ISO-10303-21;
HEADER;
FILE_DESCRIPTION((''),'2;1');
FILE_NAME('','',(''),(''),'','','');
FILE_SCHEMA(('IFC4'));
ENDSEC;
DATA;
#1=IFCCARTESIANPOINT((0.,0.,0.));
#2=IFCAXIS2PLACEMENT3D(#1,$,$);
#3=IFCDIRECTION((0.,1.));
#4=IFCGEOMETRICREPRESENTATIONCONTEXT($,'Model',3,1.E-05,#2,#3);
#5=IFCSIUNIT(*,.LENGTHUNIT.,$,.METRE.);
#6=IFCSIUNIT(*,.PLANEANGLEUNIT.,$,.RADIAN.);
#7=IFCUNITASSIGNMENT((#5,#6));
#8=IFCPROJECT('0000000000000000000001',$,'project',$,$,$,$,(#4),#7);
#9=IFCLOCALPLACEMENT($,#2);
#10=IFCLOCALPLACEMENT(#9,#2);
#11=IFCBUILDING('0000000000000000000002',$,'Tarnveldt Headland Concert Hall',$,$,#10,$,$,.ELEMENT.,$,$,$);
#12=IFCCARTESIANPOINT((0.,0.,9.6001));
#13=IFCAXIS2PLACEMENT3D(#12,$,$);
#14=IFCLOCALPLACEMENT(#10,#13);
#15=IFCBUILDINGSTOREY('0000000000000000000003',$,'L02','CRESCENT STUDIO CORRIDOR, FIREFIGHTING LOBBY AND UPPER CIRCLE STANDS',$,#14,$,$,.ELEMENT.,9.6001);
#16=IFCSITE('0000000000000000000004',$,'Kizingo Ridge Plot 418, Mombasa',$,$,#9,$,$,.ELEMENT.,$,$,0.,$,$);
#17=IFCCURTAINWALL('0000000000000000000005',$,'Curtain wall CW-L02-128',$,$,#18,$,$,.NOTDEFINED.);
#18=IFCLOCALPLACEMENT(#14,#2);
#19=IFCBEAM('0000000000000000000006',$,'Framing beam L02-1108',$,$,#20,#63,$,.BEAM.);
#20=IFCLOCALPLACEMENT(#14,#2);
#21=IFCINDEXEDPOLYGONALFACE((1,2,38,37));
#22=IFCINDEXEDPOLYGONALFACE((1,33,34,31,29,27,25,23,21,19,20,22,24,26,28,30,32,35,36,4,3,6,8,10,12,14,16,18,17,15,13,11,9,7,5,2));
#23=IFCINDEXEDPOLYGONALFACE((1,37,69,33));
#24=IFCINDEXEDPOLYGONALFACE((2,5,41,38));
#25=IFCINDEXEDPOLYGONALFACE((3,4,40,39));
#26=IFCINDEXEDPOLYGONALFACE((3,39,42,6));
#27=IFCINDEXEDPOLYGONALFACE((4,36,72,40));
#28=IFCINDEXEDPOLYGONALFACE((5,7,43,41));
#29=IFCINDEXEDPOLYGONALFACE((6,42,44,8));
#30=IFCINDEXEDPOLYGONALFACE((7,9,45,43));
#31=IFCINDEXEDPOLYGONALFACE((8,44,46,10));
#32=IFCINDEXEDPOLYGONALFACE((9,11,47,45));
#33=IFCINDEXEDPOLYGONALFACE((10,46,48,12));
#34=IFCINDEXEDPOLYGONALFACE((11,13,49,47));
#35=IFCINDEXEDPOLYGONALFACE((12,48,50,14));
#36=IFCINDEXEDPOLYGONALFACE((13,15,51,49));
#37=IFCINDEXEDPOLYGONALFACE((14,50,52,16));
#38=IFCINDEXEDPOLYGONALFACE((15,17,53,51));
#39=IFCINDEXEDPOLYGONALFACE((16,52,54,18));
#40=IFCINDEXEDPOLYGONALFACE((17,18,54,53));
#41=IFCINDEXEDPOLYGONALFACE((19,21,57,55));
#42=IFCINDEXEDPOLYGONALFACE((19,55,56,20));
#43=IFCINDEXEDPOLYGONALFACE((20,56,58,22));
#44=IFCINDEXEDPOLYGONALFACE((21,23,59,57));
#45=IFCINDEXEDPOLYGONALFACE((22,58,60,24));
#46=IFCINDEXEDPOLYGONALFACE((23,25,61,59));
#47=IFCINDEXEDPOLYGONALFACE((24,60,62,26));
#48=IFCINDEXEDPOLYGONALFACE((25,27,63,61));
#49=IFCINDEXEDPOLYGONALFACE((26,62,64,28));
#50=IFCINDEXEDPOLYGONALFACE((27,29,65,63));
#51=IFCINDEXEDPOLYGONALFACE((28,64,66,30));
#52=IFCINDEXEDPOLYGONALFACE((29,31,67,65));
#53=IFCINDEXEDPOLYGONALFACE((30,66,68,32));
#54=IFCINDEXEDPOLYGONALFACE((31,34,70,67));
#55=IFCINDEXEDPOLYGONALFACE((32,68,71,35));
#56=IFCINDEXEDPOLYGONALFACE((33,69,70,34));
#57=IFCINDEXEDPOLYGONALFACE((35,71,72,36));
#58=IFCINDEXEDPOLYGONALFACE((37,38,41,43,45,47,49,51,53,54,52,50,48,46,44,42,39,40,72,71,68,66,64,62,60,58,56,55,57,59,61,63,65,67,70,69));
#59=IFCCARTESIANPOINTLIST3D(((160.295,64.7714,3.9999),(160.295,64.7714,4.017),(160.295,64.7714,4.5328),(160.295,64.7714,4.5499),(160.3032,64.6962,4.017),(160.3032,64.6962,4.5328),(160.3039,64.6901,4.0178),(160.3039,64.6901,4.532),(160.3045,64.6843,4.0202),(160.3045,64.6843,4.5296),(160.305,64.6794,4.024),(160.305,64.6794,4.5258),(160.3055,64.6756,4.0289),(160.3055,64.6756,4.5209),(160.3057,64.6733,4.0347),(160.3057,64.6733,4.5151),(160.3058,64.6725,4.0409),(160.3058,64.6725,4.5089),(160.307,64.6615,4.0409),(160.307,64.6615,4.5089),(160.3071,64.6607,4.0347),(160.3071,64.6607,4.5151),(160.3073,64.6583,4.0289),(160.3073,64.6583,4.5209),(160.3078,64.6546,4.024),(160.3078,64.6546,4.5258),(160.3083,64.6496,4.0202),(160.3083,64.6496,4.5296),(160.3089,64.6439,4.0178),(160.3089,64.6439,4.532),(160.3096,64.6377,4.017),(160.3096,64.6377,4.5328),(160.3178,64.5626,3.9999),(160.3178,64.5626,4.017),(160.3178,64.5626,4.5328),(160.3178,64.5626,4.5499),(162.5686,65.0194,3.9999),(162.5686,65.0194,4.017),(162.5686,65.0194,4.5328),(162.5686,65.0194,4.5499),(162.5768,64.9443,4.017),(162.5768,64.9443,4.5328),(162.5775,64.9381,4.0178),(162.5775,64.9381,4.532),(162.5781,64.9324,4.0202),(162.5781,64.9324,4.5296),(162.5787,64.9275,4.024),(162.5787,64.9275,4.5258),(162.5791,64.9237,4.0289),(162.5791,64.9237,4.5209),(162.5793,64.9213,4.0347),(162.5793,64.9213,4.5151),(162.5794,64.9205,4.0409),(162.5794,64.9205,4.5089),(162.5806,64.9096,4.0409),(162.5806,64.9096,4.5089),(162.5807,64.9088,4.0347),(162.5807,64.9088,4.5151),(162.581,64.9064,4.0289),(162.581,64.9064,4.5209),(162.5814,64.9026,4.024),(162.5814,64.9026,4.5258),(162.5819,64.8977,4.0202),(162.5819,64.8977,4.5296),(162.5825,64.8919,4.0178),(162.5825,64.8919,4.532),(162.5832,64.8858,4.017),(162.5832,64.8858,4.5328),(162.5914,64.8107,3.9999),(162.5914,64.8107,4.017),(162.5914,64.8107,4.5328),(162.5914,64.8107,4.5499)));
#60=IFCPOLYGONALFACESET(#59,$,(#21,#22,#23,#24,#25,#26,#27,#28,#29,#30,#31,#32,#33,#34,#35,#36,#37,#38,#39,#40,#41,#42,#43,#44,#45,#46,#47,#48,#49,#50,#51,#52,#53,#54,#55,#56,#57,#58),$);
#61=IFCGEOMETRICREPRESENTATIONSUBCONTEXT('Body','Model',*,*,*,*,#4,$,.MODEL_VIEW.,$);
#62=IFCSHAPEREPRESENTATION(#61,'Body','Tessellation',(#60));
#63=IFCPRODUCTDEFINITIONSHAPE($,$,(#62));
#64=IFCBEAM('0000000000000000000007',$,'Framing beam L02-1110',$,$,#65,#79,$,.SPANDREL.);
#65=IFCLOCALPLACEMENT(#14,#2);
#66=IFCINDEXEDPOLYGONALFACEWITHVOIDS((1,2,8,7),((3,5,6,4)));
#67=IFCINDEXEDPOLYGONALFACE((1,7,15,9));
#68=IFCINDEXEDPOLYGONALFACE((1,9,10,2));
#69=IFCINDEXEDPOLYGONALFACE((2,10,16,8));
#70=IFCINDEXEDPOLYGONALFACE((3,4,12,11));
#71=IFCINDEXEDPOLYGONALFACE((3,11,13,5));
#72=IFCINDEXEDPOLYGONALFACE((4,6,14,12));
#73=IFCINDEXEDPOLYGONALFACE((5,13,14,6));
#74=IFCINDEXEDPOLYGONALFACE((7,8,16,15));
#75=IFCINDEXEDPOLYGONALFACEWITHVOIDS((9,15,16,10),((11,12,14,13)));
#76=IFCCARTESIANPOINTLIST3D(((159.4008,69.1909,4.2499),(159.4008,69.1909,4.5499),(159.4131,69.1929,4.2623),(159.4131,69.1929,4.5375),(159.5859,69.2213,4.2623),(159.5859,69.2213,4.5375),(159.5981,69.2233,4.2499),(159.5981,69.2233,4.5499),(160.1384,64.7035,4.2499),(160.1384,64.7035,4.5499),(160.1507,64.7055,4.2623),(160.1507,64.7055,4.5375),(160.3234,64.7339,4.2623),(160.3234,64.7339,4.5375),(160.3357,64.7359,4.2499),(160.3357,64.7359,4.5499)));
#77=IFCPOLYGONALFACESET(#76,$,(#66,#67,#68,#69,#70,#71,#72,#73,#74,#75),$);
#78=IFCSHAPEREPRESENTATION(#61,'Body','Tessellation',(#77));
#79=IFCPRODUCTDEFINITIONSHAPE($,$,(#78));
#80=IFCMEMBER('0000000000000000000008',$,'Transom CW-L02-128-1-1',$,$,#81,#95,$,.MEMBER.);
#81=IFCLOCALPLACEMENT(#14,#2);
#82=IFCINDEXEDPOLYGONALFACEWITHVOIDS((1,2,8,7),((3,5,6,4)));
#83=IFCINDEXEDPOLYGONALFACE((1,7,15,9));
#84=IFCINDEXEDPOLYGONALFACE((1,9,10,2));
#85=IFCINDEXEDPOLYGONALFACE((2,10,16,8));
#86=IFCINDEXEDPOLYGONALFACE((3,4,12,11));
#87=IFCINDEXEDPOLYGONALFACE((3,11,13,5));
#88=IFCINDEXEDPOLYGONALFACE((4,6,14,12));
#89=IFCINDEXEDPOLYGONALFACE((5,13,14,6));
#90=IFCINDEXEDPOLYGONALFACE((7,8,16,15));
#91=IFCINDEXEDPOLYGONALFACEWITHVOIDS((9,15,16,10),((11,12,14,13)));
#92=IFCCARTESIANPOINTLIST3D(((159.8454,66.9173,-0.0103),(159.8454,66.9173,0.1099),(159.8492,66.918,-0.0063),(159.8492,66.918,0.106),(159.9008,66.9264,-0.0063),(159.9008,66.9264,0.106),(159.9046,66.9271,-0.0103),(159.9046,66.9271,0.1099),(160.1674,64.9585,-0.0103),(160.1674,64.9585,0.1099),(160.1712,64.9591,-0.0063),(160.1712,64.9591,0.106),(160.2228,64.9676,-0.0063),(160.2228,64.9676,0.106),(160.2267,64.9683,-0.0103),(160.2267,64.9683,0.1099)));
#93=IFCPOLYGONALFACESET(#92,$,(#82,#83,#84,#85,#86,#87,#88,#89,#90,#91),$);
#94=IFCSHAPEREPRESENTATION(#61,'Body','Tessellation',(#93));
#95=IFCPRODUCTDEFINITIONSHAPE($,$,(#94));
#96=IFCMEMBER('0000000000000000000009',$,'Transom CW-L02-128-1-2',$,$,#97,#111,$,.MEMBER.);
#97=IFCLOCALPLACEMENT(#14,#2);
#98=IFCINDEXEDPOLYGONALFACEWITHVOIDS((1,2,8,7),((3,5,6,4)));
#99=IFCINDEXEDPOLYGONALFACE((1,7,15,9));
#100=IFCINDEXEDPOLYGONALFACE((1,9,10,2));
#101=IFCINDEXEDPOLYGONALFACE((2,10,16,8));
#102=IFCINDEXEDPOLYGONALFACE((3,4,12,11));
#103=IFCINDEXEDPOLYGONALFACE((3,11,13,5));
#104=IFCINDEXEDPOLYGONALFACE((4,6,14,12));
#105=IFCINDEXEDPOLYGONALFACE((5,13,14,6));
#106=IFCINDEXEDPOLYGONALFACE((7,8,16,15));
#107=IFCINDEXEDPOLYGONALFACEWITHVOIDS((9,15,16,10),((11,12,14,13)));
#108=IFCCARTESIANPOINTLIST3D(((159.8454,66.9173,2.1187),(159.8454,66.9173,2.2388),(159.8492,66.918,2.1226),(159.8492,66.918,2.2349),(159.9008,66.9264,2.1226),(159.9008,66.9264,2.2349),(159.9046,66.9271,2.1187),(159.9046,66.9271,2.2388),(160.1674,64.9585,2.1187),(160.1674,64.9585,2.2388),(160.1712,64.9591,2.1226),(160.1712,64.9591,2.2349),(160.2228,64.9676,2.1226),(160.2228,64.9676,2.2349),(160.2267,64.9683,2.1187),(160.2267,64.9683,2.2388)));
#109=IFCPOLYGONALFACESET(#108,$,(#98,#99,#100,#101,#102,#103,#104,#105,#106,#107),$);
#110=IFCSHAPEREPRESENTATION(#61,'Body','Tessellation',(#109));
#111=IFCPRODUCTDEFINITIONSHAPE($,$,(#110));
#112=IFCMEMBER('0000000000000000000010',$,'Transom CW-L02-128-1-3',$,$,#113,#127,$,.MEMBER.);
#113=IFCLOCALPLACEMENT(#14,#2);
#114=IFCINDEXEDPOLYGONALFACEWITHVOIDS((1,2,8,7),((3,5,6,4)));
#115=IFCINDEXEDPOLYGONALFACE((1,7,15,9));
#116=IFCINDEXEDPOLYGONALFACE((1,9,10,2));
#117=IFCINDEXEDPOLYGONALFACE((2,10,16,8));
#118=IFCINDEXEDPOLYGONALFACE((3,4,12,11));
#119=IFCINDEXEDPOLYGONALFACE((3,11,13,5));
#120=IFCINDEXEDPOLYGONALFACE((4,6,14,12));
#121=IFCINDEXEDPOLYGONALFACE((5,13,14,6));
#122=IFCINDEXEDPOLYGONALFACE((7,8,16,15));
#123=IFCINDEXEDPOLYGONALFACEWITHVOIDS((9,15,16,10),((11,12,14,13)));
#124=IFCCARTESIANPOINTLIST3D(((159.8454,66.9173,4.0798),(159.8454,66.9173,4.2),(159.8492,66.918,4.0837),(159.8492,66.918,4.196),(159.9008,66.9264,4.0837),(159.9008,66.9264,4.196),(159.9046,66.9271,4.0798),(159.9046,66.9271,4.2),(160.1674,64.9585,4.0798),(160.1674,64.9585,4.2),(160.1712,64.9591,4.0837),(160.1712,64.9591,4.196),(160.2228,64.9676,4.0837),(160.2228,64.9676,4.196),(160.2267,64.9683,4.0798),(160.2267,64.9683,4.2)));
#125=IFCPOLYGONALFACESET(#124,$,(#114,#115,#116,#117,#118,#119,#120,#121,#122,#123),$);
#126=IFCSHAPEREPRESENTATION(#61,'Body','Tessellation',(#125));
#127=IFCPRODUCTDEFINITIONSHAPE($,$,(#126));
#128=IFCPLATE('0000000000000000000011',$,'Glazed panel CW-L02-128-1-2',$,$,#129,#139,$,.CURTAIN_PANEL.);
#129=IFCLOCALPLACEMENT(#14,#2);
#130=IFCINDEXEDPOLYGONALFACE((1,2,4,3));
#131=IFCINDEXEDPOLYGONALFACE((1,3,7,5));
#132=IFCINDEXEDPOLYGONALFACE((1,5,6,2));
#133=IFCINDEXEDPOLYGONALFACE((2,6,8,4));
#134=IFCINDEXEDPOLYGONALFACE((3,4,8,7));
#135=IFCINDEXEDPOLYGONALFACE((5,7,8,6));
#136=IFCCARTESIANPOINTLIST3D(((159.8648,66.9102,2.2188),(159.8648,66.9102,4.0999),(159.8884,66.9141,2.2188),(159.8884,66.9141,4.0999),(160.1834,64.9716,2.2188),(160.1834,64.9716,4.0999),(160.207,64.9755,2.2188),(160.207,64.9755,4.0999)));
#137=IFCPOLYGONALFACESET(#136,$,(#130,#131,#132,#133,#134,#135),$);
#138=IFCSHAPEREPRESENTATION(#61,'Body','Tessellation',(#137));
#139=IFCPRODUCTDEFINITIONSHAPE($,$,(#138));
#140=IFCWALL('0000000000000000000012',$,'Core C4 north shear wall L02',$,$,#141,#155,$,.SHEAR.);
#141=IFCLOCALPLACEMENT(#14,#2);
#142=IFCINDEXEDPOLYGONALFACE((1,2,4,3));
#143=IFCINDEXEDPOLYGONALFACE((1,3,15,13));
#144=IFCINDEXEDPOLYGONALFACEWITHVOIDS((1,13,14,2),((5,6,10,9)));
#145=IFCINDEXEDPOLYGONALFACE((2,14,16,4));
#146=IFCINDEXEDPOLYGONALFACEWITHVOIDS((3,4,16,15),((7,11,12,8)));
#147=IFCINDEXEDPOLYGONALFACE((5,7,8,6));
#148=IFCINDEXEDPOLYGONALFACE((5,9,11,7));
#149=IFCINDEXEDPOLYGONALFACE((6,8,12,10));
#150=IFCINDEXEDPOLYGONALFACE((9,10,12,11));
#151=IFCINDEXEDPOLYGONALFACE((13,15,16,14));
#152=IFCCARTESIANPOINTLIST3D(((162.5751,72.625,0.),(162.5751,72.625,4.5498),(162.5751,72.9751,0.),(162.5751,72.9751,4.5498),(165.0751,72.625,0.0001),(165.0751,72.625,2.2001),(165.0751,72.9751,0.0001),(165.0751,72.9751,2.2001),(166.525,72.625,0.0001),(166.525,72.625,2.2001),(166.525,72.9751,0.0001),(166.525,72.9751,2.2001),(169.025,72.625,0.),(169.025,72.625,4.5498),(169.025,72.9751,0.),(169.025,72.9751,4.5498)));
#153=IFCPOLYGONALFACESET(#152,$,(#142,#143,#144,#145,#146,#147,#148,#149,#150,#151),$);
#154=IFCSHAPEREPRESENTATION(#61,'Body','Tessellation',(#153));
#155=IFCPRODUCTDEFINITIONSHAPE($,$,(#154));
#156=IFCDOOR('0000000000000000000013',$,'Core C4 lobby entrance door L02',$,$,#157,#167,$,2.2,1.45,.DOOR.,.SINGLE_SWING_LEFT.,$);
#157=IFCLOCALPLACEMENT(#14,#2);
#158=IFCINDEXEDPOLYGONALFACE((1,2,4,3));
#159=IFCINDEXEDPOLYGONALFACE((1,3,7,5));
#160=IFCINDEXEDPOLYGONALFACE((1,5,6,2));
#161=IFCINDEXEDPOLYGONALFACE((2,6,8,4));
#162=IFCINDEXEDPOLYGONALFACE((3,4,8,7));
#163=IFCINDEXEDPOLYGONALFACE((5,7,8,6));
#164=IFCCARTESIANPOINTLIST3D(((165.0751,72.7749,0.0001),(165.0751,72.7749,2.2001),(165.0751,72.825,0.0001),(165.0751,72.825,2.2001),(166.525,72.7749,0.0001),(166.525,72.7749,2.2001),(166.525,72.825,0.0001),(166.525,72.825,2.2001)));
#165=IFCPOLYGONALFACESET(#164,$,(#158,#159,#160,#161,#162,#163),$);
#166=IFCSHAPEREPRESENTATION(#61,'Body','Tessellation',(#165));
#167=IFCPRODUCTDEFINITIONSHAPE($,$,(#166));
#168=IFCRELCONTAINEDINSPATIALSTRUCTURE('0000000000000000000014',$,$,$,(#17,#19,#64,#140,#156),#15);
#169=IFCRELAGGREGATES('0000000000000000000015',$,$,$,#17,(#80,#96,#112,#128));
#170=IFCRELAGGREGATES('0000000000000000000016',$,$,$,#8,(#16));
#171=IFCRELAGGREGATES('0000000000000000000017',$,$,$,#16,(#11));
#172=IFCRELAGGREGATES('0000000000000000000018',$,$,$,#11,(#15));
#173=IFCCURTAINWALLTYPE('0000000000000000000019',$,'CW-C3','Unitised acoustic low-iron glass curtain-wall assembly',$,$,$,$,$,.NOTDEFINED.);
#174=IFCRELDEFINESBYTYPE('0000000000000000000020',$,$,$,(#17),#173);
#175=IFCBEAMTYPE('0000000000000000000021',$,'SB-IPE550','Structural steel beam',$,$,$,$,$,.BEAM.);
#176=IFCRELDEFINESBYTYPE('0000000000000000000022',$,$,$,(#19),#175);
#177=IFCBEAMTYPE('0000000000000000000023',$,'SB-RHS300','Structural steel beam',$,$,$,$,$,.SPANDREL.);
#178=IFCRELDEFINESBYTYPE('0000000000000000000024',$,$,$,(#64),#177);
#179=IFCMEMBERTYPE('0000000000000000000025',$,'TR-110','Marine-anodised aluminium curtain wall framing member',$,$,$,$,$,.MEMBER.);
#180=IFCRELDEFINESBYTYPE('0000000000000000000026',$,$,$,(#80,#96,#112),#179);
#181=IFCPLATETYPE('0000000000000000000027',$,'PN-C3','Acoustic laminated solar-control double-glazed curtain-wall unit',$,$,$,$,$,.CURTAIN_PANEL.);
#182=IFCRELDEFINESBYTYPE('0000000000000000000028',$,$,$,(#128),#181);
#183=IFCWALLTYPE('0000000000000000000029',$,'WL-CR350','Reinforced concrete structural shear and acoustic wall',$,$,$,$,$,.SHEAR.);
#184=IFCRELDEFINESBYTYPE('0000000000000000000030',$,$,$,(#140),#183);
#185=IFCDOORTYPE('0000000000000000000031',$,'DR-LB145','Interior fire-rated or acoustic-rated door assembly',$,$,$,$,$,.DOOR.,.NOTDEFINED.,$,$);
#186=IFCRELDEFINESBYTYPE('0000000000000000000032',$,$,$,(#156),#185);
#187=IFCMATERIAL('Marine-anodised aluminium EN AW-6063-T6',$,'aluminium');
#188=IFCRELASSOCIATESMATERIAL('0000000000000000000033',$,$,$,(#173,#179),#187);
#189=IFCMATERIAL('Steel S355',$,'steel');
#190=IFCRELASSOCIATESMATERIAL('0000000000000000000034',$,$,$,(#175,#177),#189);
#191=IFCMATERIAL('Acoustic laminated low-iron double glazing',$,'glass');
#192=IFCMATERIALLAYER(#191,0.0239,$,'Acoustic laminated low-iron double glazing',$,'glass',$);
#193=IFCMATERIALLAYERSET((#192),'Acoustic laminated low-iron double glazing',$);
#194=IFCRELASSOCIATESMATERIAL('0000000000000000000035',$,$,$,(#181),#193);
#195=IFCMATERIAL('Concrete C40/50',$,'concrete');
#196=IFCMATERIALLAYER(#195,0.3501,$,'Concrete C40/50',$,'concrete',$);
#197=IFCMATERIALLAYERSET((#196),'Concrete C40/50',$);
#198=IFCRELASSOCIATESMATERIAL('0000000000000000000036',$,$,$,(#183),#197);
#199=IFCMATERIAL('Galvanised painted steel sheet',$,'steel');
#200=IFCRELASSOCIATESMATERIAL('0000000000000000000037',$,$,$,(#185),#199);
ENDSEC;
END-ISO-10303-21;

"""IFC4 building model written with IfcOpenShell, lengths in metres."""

from ifc_helpers import new_model, si_unit, direction, frame, frame_2d, origin, origin_2d, place, context, subcontext, project, spatial, rectangle, hollow_rectangle, i_section, extrude, material, layer, layer_set, material_profile, profile_set, type_object, element, fill, aggregate, save


model = new_model("IFC4")

# Units and contexts
model_context = context("Model", 3, precision=1e-05, world=origin(), true_north=direction((0.0, 1.0)))
body_context = subcontext(model_context, "Body", "Model", "MODEL_VIEW")
ifc_project = project(units=[si_unit("LENGTHUNIT", "METRE"), si_unit("PLANEANGLEUNIT", "RADIAN")], contexts=[model_context])

# Site, building, storey
site_placement = place(None, origin())
site = spatial("IfcSite", under=ifc_project, at=site_placement, Name="Kizingo Ridge Plot 418, Mombasa", CompositionType="ELEMENT", RefElevation=0.0)
building_placement = place(site_placement, origin())
building = spatial("IfcBuilding", under=site, at=building_placement, Name="Tarnveldt Headland Concert Hall", CompositionType="ELEMENT")
storey_placement = place(building_placement, frame((0.0, 0.0, 9.6001)))
storey = spatial("IfcBuildingStorey", under=building, at=storey_placement, Name="L02", Description="CRESCENT STUDIO CORRIDOR, FIREFIGHTING LOBBY AND UPPER CIRCLE STANDS", CompositionType="ELEMENT", Elevation=9.6001)

# Shared definitions
ifc_material_1 = material(Name="Steel S355", Category="steel")

# Curtain wall
ifc_material_2 = material(Name="Marine-anodised aluminium EN AW-6063-T6", Category="aluminium")
curtain_wall_type = type_object("IfcCurtainWallType", Name="CW-C3", Description="Unitised acoustic low-iron glass curtain-wall assembly", PredefinedType="NOTDEFINED", material=ifc_material_2)
curtain_wall_placement = place(storey_placement, origin())
curtain_wall = element("IfcCurtainWall", 1, at=curtain_wall_placement, inside=storey, type_object=curtain_wall_type, Name="Curtain wall CW-L02-128", PredefinedType="NOTDEFINED")

# Beams
ifc_material_profile_1 = material_profile(ifc_material_1, i_section(OverallWidth=0.21, OverallDepth=0.55, WebThickness=0.011, FlangeThickness=0.0171, FilletRadius=0.0239, at=origin_2d()), Name="IPE550", Category="steel")
ifc_profile_set_1 = profile_set([ifc_material_profile_1], Name="Steel S355")
beam_type_1 = type_object("IfcBeamType", Name="SB-IPE550", Description="Structural steel beam", PredefinedType="BEAM", material=ifc_profile_set_1)
beam_1_placement = place(storey_placement, frame((160.3064, 64.667, 4.2749), z_axis=(0.994102, 0.108451, 0.0), x_axis=(-0.108451, 0.994102, 0.0)))
element("IfcBeam", 2, at=beam_1_placement, inside=storey, type_object=beam_type_1, Name="Framing beam L02-1108", PredefinedType="BEAM", context=body_context, shape_type="SweptSolid", body=[
    extrude(i_section(OverallWidth=0.21, OverallDepth=0.55, WebThickness=0.011, FlangeThickness=0.0171, FilletRadius=0.0239, at=origin_2d()), origin(), (0.0, 0.0, 1.0), 2.2871),
])
ifc_material_profile_2 = material_profile(ifc_material_1, hollow_rectangle(XDim=0.2, YDim=0.3, WallThickness=0.0125, at=origin_2d()), Name="RHS 300x200x12.5", Category="steel")
ifc_profile_set_2 = profile_set([ifc_material_profile_2], Name="Steel S355")
beam_type_2 = type_object("IfcBeamType", Name="SB-RHS300", Description="Structural steel beam", PredefinedType="SPANDREL", material=ifc_profile_set_2)
beam_2_placement = place(storey_placement, frame((160.2371, 64.7197, 4.3999), z_axis=(-0.162187, 0.98676, 0.0), x_axis=(-0.98676, -0.162187, 0.0)))
element("IfcBeam", 3, at=beam_2_placement, inside=storey, type_object=beam_type_2, Name="Framing beam L02-1110", PredefinedType="SPANDREL", context=body_context, shape_type="SweptSolid", body=[
    extrude(hollow_rectangle(XDim=0.2, YDim=0.3, WallThickness=0.0125, at=origin_2d()), origin(), (0.0, 0.0, 1.0), 4.5476),
])

# Members
ifc_material_profile_3 = material_profile(ifc_material_2, hollow_rectangle(XDim=0.0601, YDim=0.1201, WallThickness=0.0039, at=origin_2d()), Name="ALU TRANSOM 60x120x4", Category="aluminium")
ifc_profile_set_3 = profile_set([ifc_material_profile_3], Name="Marine-anodised aluminium EN AW-6063-T6")
member_type_1 = type_object("IfcMemberType", Name="TR-110", Description="Marine-anodised aluminium curtain wall framing member", PredefinedType="MEMBER", material=ifc_profile_set_3)
member_1_placement = place(storey_placement, frame((160.197, 64.9634, 0.0498), z_axis=(-0.162225, 0.986754, 0.0), x_axis=(-0.986754, -0.162225, 0.0)))
member_1 = element("IfcMember", 4, at=member_1_placement, type_object=member_type_1, Name="Transom CW-L02-128-1-1", PredefinedType="MEMBER", context=body_context, shape_type="SweptSolid", body=[
    extrude(hollow_rectangle(XDim=0.0601, YDim=0.1201, WallThickness=0.0039, at=origin_2d()), origin(), (0.0, 0.0, 1.0), 1.9851),
])
member_2_placement = place(storey_placement, frame((160.197, 64.9634, 2.1787), z_axis=(-0.162225, 0.986754, 0.0), x_axis=(-0.986754, -0.162225, 0.0)))
member_2 = element("IfcMember", 5, at=member_2_placement, type_object=member_type_1, Name="Transom CW-L02-128-1-2", PredefinedType="MEMBER", context=body_context, shape_type="SweptSolid", body=[
    extrude(hollow_rectangle(XDim=0.0601, YDim=0.1201, WallThickness=0.0039, at=origin_2d()), origin(), (0.0, 0.0, 1.0), 1.9851),
])
member_3_placement = place(storey_placement, frame((160.197, 64.9634, 4.1399), z_axis=(-0.162225, 0.986754, 0.0), x_axis=(-0.986754, -0.162225, 0.0)))
member_3 = element("IfcMember", 6, at=member_3_placement, type_object=member_type_1, Name="Transom CW-L02-128-1-3", PredefinedType="MEMBER", context=body_context, shape_type="SweptSolid", body=[
    extrude(hollow_rectangle(XDim=0.0601, YDim=0.1201, WallThickness=0.0039, at=origin_2d()), origin(), (0.0, 0.0, 1.0), 1.9851),
])

# Plate
ifc_material_3 = material(Name="Acoustic laminated low-iron double glazing", Category="glass")
ifc_layer_1 = layer(ifc_material_3, 0.0239, Name="Acoustic laminated low-iron double glazing", Category="glass")
ifc_layer_set_1 = layer_set([ifc_layer_1], Name="Acoustic laminated low-iron double glazing")
plate_type = type_object("IfcPlateType", Name="PN-C3", Description="Acoustic laminated solar-control double-glazed curtain-wall unit", PredefinedType="CURTAIN_PANEL", material=ifc_layer_set_1)
plate_placement = place(storey_placement, frame((160.0359, 65.9429, 2.2188), z_axis=(0.0, 0.0, 1.0), x_axis=(-0.162172, 0.986762, 0.0)))
plate = element("IfcPlate", 7, at=plate_placement, type_object=plate_type, Name="Glazed panel CW-L02-128-1-2", PredefinedType="CURTAIN_PANEL", context=body_context, shape_type="SweptSolid", body=[
    extrude(rectangle(XDim=1.9646, YDim=0.0239, at=origin_2d()), origin(), (0.0, 0.0, 1.0), 1.8811),
])
aggregate(curtain_wall, [member_1, member_2, member_3, plate])

# Wall, opening, door
ifc_material_4 = material(Name="Concrete C40/50", Category="concrete")
ifc_layer_2 = layer(ifc_material_4, 0.3501, Name="Concrete C40/50", Category="concrete")
ifc_layer_set_2 = layer_set([ifc_layer_2], Name="Concrete C40/50")
wall_type_1 = type_object("IfcWallType", Name="WL-CR350", Description="Reinforced concrete structural shear and acoustic wall", PredefinedType="SHEAR", material=ifc_layer_set_2)
wall_1_placement = place(storey_placement, frame((162.575, 72.8, 0.0), z_axis=(0.0, 0.0, 1.0), x_axis=(1.0, 0.0, 0.0)))
wall_1 = element("IfcWall", 8, at=wall_1_placement, inside=storey, type_object=wall_type_1, Name="Core C4 north shear wall L02", PredefinedType="SHEAR", context=body_context, shape_type="SweptSolid", body=[
    extrude(rectangle(XDim=6.45, YDim=0.3501, at=frame_2d((3.2251, 0.0))), origin(), (0.0, 0.0, 1.0), 4.5498),
])
opening_1_placement = place(wall_1_placement, frame((2.5, 0.0, 0.0)))
opening_1 = element("IfcOpeningElement", 9, at=opening_1_placement, cuts=wall_1, PredefinedType="OPENING", context=body_context, shape_type="SweptSolid", body=[
    extrude(rectangle(XDim=1.45, YDim=2.2, at=frame_2d((0.7251, 1.1001))), frame((0.0, 0.1851, 0.0), z_axis=(0.0, -1.0, 0.0), x_axis=(1.0, 0.0, 0.0)), (0.0, 0.0, 1.0), 0.3701),
])
ifc_material_5 = material(Name="Galvanised painted steel sheet", Category="steel")
door_type_1 = type_object("IfcDoorType", Name="DR-LB145", Description="Interior fire-rated or acoustic-rated door assembly", OperationType="NOTDEFINED", PredefinedType="DOOR", material=ifc_material_5)
door_1_placement = place(opening_1_placement, origin())
door_1 = element("IfcDoor", 10, at=door_1_placement, inside=storey, type_object=door_type_1, Name="Core C4 lobby entrance door L02", OperationType="SINGLE_SWING_LEFT", OverallHeight=2.2, OverallWidth=1.45, PredefinedType="DOOR", context=body_context, shape_type="SweptSolid", body=[
    extrude(rectangle(XDim=1.45, YDim=2.2, at=frame_2d((0.7251, 1.1001))), frame((0.0, 0.0249, 0.0), z_axis=(0.0, -1.0, 0.0), x_axis=(1.0, 0.0, 0.0)), (0.0, 0.0, 1.0), 0.05),
])
fill(opening_1, door_1)

save(model, "model.ifc")
